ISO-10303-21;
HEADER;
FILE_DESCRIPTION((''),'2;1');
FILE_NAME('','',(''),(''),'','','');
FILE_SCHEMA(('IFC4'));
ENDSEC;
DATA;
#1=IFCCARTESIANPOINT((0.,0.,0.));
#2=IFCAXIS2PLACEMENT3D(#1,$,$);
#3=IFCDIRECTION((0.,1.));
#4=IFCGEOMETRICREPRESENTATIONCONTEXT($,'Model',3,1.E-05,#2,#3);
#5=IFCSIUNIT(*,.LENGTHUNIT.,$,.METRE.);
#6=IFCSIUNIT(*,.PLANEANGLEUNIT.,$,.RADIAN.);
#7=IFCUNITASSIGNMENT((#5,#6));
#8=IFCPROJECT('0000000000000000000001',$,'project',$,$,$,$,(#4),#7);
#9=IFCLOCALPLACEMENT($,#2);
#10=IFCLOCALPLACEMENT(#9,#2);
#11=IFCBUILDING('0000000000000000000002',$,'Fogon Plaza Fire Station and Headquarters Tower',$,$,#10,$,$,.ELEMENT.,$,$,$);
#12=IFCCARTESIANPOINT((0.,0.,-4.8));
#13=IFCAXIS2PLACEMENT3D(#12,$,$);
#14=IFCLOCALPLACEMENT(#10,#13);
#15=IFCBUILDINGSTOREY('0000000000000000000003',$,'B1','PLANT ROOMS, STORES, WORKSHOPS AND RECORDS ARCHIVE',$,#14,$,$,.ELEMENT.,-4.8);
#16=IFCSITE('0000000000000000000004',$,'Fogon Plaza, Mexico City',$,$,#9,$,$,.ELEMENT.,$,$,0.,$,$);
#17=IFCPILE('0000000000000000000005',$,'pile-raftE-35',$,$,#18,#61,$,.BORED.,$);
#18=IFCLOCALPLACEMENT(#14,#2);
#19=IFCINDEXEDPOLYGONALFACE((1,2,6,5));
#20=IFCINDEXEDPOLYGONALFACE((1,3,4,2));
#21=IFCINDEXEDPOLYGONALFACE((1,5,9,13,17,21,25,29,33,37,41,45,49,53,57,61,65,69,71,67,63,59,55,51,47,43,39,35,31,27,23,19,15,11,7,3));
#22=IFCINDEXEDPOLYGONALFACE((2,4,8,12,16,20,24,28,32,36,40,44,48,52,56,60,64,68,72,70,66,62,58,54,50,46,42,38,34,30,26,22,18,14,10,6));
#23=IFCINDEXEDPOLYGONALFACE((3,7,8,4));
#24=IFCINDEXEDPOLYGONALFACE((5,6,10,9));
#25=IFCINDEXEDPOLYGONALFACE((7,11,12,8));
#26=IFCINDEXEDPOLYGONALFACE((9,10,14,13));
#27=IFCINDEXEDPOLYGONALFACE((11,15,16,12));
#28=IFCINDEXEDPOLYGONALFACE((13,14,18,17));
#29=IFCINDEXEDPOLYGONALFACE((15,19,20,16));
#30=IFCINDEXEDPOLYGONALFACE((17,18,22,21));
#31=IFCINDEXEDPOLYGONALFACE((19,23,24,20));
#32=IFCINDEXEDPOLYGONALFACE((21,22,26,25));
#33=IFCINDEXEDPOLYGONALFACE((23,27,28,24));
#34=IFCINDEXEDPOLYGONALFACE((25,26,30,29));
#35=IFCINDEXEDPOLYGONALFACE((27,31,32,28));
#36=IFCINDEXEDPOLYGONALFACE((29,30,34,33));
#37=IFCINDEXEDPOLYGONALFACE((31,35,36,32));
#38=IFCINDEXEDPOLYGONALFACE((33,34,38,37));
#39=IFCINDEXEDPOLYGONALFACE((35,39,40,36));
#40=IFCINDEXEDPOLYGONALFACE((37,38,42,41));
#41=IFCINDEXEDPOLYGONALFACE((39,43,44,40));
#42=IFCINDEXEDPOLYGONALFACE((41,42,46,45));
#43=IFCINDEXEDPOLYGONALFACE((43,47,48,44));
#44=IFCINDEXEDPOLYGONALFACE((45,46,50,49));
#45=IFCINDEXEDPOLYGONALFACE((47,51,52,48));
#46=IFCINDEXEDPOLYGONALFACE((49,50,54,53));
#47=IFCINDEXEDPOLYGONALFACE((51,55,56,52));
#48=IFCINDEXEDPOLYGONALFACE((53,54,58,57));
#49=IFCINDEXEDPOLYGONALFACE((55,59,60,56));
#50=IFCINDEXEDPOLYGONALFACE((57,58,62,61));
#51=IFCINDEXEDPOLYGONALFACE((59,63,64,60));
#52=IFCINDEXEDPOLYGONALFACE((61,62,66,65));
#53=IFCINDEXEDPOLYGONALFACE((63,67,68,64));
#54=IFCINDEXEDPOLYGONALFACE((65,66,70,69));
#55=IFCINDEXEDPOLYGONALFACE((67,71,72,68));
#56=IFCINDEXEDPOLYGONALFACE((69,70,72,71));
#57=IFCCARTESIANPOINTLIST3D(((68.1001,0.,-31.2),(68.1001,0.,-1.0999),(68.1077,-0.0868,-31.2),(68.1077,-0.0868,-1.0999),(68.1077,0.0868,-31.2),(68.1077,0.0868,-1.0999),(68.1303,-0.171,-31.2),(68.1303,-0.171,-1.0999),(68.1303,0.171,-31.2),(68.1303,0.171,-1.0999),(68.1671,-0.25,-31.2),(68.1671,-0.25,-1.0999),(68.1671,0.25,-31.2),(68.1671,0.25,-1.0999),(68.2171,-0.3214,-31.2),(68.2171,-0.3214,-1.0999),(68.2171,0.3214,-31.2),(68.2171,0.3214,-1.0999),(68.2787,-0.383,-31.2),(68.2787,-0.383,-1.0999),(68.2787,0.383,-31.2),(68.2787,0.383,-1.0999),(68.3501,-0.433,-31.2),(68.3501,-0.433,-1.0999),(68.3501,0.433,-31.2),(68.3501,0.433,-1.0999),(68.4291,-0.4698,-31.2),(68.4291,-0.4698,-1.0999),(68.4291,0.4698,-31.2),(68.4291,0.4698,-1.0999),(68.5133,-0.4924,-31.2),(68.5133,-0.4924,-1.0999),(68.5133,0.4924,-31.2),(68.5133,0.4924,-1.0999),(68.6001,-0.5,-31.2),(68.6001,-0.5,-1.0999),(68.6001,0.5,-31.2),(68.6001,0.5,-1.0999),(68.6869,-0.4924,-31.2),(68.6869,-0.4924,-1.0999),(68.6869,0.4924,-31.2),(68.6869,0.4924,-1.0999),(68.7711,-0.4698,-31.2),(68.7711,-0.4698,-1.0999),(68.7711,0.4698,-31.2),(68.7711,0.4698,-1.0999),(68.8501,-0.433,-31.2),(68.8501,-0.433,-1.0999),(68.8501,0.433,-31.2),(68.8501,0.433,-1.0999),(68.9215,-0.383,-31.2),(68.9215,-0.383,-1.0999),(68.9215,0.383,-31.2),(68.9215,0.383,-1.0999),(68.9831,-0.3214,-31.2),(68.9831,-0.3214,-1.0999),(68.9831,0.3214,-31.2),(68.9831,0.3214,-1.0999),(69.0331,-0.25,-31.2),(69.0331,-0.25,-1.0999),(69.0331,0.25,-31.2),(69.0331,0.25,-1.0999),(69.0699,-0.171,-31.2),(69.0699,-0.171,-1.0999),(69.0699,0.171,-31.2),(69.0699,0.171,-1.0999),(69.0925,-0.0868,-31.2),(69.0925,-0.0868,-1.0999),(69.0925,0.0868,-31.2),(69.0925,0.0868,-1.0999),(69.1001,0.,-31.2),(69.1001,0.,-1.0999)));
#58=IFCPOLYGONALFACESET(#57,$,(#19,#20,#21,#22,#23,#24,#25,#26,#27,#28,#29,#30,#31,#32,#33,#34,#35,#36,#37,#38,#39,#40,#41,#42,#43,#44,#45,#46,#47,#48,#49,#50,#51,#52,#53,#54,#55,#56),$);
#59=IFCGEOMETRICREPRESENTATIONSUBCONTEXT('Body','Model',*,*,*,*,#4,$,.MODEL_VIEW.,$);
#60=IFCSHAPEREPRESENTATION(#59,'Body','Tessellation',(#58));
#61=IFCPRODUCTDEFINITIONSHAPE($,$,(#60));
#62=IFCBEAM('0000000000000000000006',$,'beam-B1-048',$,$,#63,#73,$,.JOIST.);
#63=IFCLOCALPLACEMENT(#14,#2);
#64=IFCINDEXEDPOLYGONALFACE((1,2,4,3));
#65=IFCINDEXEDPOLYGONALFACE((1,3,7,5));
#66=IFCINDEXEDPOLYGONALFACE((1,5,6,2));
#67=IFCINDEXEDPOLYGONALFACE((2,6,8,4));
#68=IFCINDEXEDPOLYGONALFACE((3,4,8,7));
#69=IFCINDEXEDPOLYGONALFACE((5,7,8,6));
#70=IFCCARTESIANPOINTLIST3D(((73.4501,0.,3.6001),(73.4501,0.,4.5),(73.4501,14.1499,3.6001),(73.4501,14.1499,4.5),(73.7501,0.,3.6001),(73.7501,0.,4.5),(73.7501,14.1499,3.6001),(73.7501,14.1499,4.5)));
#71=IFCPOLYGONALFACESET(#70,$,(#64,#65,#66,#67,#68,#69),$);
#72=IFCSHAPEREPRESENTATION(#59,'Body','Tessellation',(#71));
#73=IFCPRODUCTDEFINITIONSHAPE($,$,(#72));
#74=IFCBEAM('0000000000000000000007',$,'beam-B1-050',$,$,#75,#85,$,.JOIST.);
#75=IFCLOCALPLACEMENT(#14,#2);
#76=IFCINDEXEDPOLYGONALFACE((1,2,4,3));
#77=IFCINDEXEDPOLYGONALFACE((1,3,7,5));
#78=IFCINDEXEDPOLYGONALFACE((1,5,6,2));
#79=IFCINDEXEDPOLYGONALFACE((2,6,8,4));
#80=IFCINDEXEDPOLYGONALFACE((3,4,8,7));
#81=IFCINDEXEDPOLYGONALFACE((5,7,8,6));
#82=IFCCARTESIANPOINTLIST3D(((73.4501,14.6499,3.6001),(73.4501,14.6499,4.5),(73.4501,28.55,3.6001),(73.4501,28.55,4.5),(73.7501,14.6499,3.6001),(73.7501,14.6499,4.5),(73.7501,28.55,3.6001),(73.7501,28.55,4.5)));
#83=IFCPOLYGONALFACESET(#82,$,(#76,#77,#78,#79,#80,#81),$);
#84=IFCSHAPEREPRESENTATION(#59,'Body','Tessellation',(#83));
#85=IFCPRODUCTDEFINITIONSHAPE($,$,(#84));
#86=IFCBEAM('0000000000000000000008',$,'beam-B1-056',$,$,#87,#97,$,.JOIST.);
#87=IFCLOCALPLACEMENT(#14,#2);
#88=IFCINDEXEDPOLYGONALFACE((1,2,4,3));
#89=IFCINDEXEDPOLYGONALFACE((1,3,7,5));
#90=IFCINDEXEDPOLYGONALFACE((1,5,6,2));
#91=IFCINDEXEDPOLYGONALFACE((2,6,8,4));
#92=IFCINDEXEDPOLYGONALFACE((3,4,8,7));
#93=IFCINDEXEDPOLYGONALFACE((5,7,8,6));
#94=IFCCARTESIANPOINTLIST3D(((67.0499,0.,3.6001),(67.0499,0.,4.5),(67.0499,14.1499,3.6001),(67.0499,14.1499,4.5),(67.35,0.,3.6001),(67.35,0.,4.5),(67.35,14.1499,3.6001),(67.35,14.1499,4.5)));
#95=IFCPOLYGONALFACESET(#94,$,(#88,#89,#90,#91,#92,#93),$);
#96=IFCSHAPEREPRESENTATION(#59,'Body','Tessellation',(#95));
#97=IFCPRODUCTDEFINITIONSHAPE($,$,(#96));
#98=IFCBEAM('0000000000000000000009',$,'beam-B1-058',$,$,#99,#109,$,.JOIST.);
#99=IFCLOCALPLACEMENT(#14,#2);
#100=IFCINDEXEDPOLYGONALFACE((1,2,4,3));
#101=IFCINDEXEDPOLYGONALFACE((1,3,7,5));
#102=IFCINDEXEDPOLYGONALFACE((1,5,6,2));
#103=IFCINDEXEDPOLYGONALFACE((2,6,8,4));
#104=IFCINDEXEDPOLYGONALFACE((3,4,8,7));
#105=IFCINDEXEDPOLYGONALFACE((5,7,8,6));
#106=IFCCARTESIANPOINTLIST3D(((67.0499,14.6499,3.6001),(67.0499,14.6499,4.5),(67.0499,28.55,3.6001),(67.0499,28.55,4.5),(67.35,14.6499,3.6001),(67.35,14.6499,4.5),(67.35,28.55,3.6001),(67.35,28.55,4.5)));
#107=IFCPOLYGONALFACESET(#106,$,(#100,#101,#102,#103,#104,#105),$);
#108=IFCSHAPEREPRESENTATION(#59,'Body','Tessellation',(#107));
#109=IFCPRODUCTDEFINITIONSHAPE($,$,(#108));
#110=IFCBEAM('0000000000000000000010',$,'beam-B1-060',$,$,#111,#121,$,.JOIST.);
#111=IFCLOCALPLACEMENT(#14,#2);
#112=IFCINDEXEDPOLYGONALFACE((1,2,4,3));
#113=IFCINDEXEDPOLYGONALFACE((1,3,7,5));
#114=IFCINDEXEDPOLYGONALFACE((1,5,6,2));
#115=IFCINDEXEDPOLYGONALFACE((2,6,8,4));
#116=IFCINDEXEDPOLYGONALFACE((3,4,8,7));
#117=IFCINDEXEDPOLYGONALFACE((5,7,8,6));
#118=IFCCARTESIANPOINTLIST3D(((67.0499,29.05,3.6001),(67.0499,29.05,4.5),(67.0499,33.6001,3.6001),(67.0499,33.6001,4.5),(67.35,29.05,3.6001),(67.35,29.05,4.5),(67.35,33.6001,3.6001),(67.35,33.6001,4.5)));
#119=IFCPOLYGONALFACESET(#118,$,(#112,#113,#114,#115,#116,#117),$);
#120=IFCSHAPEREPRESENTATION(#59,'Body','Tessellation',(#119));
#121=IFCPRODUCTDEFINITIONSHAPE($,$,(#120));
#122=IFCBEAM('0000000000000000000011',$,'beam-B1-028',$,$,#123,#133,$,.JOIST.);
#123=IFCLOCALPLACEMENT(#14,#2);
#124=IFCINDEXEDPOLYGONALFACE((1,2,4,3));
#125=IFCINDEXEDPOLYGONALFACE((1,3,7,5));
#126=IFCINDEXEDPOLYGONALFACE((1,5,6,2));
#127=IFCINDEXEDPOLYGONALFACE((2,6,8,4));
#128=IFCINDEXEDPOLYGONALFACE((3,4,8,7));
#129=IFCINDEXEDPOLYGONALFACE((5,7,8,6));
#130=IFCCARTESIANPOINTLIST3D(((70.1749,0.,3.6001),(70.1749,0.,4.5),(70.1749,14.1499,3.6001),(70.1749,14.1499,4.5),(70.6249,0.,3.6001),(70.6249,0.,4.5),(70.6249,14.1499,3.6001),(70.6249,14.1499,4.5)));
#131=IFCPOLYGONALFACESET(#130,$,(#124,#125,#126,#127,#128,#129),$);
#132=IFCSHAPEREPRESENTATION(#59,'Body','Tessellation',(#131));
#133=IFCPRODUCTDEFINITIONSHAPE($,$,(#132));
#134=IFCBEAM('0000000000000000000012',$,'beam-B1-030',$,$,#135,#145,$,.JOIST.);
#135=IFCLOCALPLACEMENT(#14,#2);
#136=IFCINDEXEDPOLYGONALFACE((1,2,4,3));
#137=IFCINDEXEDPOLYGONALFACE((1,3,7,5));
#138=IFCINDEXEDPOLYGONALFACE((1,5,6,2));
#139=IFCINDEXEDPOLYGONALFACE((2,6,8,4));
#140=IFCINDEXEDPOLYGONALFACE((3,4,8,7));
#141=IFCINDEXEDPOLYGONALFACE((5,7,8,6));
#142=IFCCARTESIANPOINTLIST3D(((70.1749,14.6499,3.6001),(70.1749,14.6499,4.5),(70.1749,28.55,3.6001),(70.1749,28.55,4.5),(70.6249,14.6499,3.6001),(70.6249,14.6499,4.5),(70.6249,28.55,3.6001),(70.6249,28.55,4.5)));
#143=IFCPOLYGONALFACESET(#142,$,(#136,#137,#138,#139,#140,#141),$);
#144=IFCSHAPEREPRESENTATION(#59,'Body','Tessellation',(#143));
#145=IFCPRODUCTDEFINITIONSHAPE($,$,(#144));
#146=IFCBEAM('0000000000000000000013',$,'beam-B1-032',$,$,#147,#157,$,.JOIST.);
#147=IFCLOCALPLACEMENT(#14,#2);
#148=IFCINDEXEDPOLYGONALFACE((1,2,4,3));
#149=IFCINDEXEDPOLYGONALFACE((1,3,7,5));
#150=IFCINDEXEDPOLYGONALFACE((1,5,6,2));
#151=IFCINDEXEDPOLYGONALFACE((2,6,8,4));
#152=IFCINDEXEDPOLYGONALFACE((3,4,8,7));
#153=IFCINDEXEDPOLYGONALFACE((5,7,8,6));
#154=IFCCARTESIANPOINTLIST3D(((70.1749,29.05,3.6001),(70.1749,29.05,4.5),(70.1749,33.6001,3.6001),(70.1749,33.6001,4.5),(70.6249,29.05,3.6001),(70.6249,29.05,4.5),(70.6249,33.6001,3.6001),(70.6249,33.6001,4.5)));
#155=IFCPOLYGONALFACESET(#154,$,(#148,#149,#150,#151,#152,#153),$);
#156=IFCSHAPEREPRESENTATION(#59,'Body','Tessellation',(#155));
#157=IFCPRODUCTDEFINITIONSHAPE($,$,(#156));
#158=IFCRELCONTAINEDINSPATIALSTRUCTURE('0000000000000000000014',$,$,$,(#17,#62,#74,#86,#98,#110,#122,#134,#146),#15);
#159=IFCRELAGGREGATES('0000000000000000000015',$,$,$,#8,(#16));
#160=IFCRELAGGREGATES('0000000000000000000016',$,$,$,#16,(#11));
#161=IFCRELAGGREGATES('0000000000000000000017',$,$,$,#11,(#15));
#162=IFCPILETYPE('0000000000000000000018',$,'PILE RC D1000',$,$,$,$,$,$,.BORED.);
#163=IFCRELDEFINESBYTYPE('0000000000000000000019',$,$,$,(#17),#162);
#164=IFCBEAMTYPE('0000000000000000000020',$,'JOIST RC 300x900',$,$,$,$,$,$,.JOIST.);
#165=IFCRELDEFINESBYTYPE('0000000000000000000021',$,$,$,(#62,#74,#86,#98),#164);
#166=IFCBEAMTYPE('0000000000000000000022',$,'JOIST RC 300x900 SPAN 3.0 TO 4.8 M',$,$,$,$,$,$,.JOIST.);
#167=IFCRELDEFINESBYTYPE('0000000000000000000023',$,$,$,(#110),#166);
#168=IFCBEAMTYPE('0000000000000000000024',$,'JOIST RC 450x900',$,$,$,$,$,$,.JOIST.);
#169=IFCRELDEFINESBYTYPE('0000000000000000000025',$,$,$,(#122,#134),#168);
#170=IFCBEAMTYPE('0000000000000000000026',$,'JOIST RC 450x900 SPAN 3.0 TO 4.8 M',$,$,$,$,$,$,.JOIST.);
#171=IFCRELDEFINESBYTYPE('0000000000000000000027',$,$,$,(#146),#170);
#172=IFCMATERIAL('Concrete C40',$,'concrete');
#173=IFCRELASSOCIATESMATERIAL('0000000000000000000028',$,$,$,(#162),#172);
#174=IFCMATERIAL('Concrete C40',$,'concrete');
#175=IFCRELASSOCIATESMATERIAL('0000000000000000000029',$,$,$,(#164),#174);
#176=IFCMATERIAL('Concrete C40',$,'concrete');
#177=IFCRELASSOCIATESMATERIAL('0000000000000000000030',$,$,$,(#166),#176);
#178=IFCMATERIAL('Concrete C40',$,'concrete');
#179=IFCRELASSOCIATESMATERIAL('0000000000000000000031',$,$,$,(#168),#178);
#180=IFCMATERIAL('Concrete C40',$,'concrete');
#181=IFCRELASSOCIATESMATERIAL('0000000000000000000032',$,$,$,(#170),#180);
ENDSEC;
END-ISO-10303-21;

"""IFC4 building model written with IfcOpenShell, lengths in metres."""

from ifc_helpers import new_model, si_unit, direction, frame, origin, origin_2d, place, context, subcontext, project, spatial, rectangle, circle, extrude, material, material_profile, profile_set, type_object, element, save


model = new_model("IFC4")

# Units and contexts
model_context = context("Model", 3, precision=1e-05, world=origin(), true_north=direction((0.0, 1.0)))
body_context = subcontext(model_context, "Body", "Model", "MODEL_VIEW")
ifc_project = project(units=[si_unit("LENGTHUNIT", "METRE"), si_unit("PLANEANGLEUNIT", "RADIAN")], contexts=[model_context])

# Site, building, storey
site_placement = place(None, origin())
site = spatial("IfcSite", under=ifc_project, at=site_placement, Name="Fogon Plaza, Mexico City", CompositionType="ELEMENT", RefElevation=0.0)
building_placement = place(site_placement, origin())
building = spatial("IfcBuilding", under=site, at=building_placement, Name="Fogon Plaza Fire Station and Headquarters Tower", CompositionType="ELEMENT")
storey_placement = place(building_placement, frame((0.0, 0.0, -4.8)))
storey = spatial("IfcBuildingStorey", under=building, at=storey_placement, Name="B1", Description="PLANT ROOMS, STORES, WORKSHOPS AND RECORDS ARCHIVE", CompositionType="ELEMENT", Elevation=-4.8)

# Pile
ifc_material_1 = material(Name="Concrete C40", Category="concrete")
ifc_material_profile_1 = material_profile(ifc_material_1, circle(Radius=0.5, at=origin_2d()), Name="RC D1000")
ifc_profile_set_1 = profile_set([ifc_material_profile_1], Name="Concrete C40")
pile_type = type_object("IfcPileType", Name="PILE RC D1000", PredefinedType="BORED", material=ifc_profile_set_1)
for number, where, z_axis, x_axis, name in (
    (1, (68.6001, 0.0, -1.0999), (0.0, 0.0, -1.0), (1.0, 0.0, 0.0), "pile-raftE-35"),
):
    element("IfcPile", number, at=place(storey_placement, frame(where, z_axis=z_axis, x_axis=x_axis)), inside=storey, type_object=pile_type, Name=name, PredefinedType="BORED", context=body_context, shape_type="SweptSolid", body=[
        extrude(circle(Radius=0.5, at=origin_2d()), origin(), (0.0, 0.0, 1.0), 30.1001),
    ])

# Beams
ifc_material_2 = material(Name="Concrete C40", Category="concrete")
ifc_material_profile_2 = material_profile(ifc_material_2, rectangle(XDim=0.3, YDim=0.8999, at=origin_2d()), Name="RC 300x900")
ifc_profile_set_2 = profile_set([ifc_material_profile_2], Name="Concrete C40")
beam_type_1 = type_object("IfcBeamType", Name="JOIST RC 300x900", PredefinedType="JOIST", material=ifc_profile_set_2)
beam_1_placement = place(storey_placement, frame((73.6001, 0.0, 4.05), z_axis=(0.0, 1.0, 0.0), x_axis=(-1.0, 0.0, 0.0)))
element("IfcBeam", 2, at=beam_1_placement, inside=storey, type_object=beam_type_1, Name="beam-B1-048", PredefinedType="JOIST", context=body_context, shape_type="SweptSolid", body=[
    extrude(rectangle(XDim=0.3, YDim=0.8999, at=origin_2d()), origin(), (0.0, 0.0, 1.0), 14.1499),
])
beam_2_placement = place(storey_placement, frame((73.6001, 14.6499, 4.05), z_axis=(0.0, 1.0, 0.0), x_axis=(-1.0, 0.0, 0.0)))
element("IfcBeam", 3, at=beam_2_placement, inside=storey, type_object=beam_type_1, Name="beam-B1-050", PredefinedType="JOIST", context=body_context, shape_type="SweptSolid", body=[
    extrude(rectangle(XDim=0.3, YDim=0.8999, at=origin_2d()), origin(), (0.0, 0.0, 1.0), 13.9001),
])
beam_3_placement = place(storey_placement, frame((67.2, 0.0, 4.05), z_axis=(0.0, 1.0, 0.0), x_axis=(-1.0, 0.0, 0.0)))
element("IfcBeam", 4, at=beam_3_placement, inside=storey, type_object=beam_type_1, Name="beam-B1-056", PredefinedType="JOIST", context=body_context, shape_type="SweptSolid", body=[
    extrude(rectangle(XDim=0.3, YDim=0.8999, at=origin_2d()), origin(), (0.0, 0.0, 1.0), 14.1499),
])
beam_4_placement = place(storey_placement, frame((67.2, 14.6499, 4.05), z_axis=(0.0, 1.0, 0.0), x_axis=(-1.0, 0.0, 0.0)))
element("IfcBeam", 5, at=beam_4_placement, inside=storey, type_object=beam_type_1, Name="beam-B1-058", PredefinedType="JOIST", context=body_context, shape_type="SweptSolid", body=[
    extrude(rectangle(XDim=0.3, YDim=0.8999, at=origin_2d()), origin(), (0.0, 0.0, 1.0), 13.9001),
])
ifc_material_3 = material(Name="Concrete C40", Category="concrete")
ifc_material_profile_3 = material_profile(ifc_material_3, rectangle(XDim=0.3, YDim=0.8999, at=origin_2d()), Name="RC 300x900")
ifc_profile_set_3 = profile_set([ifc_material_profile_3], Name="Concrete C40")
beam_type_2 = type_object("IfcBeamType", Name="JOIST RC 300x900 SPAN 3.0 TO 4.8 M", PredefinedType="JOIST", material=ifc_profile_set_3)
beam_5_placement = place(storey_placement, frame((67.2, 29.05, 4.05), z_axis=(0.0, 1.0, 0.0), x_axis=(-1.0, 0.0, 0.0)))
element("IfcBeam", 6, at=beam_5_placement, inside=storey, type_object=beam_type_2, Name="beam-B1-060", PredefinedType="JOIST", context=body_context, shape_type="SweptSolid", body=[
    extrude(rectangle(XDim=0.3, YDim=0.8999, at=origin_2d()), origin(), (0.0, 0.0, 1.0), 4.55),
])
ifc_material_4 = material(Name="Concrete C40", Category="concrete")
ifc_material_profile_4 = material_profile(ifc_material_4, rectangle(XDim=0.45, YDim=0.8999, at=origin_2d()), Name="RC 450x900")
ifc_profile_set_4 = profile_set([ifc_material_profile_4], Name="Concrete C40")
beam_type_3 = type_object("IfcBeamType", Name="JOIST RC 450x900", PredefinedType="JOIST", material=ifc_profile_set_4)
beam_6_placement = place(storey_placement, frame((70.3999, 0.0, 4.05), z_axis=(0.0, 1.0, 0.0), x_axis=(-1.0, 0.0, 0.0)))
element("IfcBeam", 7, at=beam_6_placement, inside=storey, type_object=beam_type_3, Name="beam-B1-028", PredefinedType="JOIST", context=body_context, shape_type="SweptSolid", body=[
    extrude(rectangle(XDim=0.45, YDim=0.8999, at=origin_2d()), origin(), (0.0, 0.0, 1.0), 14.1499),
])
beam_7_placement = place(storey_placement, frame((70.3999, 14.6499, 4.05), z_axis=(0.0, 1.0, 0.0), x_axis=(-1.0, 0.0, 0.0)))
element("IfcBeam", 8, at=beam_7_placement, inside=storey, type_object=beam_type_3, Name="beam-B1-030", PredefinedType="JOIST", context=body_context, shape_type="SweptSolid", body=[
    extrude(rectangle(XDim=0.45, YDim=0.8999, at=origin_2d()), origin(), (0.0, 0.0, 1.0), 13.9001),
])
ifc_material_5 = material(Name="Concrete C40", Category="concrete")
ifc_material_profile_5 = material_profile(ifc_material_5, rectangle(XDim=0.45, YDim=0.8999, at=origin_2d()), Name="RC 450x900")
ifc_profile_set_5 = profile_set([ifc_material_profile_5], Name="Concrete C40")
beam_type_4 = type_object("IfcBeamType", Name="JOIST RC 450x900 SPAN 3.0 TO 4.8 M", PredefinedType="JOIST", material=ifc_profile_set_5)
beam_8_placement = place(storey_placement, frame((70.3999, 29.05, 4.05), z_axis=(0.0, 1.0, 0.0), x_axis=(-1.0, 0.0, 0.0)))
element("IfcBeam", 9, at=beam_8_placement, inside=storey, type_object=beam_type_4, Name="beam-B1-032", PredefinedType="JOIST", context=body_context, shape_type="SweptSolid", body=[
    extrude(rectangle(XDim=0.45, YDim=0.8999, at=origin_2d()), origin(), (0.0, 0.0, 1.0), 4.55),
])

save(model, "model.ifc")
